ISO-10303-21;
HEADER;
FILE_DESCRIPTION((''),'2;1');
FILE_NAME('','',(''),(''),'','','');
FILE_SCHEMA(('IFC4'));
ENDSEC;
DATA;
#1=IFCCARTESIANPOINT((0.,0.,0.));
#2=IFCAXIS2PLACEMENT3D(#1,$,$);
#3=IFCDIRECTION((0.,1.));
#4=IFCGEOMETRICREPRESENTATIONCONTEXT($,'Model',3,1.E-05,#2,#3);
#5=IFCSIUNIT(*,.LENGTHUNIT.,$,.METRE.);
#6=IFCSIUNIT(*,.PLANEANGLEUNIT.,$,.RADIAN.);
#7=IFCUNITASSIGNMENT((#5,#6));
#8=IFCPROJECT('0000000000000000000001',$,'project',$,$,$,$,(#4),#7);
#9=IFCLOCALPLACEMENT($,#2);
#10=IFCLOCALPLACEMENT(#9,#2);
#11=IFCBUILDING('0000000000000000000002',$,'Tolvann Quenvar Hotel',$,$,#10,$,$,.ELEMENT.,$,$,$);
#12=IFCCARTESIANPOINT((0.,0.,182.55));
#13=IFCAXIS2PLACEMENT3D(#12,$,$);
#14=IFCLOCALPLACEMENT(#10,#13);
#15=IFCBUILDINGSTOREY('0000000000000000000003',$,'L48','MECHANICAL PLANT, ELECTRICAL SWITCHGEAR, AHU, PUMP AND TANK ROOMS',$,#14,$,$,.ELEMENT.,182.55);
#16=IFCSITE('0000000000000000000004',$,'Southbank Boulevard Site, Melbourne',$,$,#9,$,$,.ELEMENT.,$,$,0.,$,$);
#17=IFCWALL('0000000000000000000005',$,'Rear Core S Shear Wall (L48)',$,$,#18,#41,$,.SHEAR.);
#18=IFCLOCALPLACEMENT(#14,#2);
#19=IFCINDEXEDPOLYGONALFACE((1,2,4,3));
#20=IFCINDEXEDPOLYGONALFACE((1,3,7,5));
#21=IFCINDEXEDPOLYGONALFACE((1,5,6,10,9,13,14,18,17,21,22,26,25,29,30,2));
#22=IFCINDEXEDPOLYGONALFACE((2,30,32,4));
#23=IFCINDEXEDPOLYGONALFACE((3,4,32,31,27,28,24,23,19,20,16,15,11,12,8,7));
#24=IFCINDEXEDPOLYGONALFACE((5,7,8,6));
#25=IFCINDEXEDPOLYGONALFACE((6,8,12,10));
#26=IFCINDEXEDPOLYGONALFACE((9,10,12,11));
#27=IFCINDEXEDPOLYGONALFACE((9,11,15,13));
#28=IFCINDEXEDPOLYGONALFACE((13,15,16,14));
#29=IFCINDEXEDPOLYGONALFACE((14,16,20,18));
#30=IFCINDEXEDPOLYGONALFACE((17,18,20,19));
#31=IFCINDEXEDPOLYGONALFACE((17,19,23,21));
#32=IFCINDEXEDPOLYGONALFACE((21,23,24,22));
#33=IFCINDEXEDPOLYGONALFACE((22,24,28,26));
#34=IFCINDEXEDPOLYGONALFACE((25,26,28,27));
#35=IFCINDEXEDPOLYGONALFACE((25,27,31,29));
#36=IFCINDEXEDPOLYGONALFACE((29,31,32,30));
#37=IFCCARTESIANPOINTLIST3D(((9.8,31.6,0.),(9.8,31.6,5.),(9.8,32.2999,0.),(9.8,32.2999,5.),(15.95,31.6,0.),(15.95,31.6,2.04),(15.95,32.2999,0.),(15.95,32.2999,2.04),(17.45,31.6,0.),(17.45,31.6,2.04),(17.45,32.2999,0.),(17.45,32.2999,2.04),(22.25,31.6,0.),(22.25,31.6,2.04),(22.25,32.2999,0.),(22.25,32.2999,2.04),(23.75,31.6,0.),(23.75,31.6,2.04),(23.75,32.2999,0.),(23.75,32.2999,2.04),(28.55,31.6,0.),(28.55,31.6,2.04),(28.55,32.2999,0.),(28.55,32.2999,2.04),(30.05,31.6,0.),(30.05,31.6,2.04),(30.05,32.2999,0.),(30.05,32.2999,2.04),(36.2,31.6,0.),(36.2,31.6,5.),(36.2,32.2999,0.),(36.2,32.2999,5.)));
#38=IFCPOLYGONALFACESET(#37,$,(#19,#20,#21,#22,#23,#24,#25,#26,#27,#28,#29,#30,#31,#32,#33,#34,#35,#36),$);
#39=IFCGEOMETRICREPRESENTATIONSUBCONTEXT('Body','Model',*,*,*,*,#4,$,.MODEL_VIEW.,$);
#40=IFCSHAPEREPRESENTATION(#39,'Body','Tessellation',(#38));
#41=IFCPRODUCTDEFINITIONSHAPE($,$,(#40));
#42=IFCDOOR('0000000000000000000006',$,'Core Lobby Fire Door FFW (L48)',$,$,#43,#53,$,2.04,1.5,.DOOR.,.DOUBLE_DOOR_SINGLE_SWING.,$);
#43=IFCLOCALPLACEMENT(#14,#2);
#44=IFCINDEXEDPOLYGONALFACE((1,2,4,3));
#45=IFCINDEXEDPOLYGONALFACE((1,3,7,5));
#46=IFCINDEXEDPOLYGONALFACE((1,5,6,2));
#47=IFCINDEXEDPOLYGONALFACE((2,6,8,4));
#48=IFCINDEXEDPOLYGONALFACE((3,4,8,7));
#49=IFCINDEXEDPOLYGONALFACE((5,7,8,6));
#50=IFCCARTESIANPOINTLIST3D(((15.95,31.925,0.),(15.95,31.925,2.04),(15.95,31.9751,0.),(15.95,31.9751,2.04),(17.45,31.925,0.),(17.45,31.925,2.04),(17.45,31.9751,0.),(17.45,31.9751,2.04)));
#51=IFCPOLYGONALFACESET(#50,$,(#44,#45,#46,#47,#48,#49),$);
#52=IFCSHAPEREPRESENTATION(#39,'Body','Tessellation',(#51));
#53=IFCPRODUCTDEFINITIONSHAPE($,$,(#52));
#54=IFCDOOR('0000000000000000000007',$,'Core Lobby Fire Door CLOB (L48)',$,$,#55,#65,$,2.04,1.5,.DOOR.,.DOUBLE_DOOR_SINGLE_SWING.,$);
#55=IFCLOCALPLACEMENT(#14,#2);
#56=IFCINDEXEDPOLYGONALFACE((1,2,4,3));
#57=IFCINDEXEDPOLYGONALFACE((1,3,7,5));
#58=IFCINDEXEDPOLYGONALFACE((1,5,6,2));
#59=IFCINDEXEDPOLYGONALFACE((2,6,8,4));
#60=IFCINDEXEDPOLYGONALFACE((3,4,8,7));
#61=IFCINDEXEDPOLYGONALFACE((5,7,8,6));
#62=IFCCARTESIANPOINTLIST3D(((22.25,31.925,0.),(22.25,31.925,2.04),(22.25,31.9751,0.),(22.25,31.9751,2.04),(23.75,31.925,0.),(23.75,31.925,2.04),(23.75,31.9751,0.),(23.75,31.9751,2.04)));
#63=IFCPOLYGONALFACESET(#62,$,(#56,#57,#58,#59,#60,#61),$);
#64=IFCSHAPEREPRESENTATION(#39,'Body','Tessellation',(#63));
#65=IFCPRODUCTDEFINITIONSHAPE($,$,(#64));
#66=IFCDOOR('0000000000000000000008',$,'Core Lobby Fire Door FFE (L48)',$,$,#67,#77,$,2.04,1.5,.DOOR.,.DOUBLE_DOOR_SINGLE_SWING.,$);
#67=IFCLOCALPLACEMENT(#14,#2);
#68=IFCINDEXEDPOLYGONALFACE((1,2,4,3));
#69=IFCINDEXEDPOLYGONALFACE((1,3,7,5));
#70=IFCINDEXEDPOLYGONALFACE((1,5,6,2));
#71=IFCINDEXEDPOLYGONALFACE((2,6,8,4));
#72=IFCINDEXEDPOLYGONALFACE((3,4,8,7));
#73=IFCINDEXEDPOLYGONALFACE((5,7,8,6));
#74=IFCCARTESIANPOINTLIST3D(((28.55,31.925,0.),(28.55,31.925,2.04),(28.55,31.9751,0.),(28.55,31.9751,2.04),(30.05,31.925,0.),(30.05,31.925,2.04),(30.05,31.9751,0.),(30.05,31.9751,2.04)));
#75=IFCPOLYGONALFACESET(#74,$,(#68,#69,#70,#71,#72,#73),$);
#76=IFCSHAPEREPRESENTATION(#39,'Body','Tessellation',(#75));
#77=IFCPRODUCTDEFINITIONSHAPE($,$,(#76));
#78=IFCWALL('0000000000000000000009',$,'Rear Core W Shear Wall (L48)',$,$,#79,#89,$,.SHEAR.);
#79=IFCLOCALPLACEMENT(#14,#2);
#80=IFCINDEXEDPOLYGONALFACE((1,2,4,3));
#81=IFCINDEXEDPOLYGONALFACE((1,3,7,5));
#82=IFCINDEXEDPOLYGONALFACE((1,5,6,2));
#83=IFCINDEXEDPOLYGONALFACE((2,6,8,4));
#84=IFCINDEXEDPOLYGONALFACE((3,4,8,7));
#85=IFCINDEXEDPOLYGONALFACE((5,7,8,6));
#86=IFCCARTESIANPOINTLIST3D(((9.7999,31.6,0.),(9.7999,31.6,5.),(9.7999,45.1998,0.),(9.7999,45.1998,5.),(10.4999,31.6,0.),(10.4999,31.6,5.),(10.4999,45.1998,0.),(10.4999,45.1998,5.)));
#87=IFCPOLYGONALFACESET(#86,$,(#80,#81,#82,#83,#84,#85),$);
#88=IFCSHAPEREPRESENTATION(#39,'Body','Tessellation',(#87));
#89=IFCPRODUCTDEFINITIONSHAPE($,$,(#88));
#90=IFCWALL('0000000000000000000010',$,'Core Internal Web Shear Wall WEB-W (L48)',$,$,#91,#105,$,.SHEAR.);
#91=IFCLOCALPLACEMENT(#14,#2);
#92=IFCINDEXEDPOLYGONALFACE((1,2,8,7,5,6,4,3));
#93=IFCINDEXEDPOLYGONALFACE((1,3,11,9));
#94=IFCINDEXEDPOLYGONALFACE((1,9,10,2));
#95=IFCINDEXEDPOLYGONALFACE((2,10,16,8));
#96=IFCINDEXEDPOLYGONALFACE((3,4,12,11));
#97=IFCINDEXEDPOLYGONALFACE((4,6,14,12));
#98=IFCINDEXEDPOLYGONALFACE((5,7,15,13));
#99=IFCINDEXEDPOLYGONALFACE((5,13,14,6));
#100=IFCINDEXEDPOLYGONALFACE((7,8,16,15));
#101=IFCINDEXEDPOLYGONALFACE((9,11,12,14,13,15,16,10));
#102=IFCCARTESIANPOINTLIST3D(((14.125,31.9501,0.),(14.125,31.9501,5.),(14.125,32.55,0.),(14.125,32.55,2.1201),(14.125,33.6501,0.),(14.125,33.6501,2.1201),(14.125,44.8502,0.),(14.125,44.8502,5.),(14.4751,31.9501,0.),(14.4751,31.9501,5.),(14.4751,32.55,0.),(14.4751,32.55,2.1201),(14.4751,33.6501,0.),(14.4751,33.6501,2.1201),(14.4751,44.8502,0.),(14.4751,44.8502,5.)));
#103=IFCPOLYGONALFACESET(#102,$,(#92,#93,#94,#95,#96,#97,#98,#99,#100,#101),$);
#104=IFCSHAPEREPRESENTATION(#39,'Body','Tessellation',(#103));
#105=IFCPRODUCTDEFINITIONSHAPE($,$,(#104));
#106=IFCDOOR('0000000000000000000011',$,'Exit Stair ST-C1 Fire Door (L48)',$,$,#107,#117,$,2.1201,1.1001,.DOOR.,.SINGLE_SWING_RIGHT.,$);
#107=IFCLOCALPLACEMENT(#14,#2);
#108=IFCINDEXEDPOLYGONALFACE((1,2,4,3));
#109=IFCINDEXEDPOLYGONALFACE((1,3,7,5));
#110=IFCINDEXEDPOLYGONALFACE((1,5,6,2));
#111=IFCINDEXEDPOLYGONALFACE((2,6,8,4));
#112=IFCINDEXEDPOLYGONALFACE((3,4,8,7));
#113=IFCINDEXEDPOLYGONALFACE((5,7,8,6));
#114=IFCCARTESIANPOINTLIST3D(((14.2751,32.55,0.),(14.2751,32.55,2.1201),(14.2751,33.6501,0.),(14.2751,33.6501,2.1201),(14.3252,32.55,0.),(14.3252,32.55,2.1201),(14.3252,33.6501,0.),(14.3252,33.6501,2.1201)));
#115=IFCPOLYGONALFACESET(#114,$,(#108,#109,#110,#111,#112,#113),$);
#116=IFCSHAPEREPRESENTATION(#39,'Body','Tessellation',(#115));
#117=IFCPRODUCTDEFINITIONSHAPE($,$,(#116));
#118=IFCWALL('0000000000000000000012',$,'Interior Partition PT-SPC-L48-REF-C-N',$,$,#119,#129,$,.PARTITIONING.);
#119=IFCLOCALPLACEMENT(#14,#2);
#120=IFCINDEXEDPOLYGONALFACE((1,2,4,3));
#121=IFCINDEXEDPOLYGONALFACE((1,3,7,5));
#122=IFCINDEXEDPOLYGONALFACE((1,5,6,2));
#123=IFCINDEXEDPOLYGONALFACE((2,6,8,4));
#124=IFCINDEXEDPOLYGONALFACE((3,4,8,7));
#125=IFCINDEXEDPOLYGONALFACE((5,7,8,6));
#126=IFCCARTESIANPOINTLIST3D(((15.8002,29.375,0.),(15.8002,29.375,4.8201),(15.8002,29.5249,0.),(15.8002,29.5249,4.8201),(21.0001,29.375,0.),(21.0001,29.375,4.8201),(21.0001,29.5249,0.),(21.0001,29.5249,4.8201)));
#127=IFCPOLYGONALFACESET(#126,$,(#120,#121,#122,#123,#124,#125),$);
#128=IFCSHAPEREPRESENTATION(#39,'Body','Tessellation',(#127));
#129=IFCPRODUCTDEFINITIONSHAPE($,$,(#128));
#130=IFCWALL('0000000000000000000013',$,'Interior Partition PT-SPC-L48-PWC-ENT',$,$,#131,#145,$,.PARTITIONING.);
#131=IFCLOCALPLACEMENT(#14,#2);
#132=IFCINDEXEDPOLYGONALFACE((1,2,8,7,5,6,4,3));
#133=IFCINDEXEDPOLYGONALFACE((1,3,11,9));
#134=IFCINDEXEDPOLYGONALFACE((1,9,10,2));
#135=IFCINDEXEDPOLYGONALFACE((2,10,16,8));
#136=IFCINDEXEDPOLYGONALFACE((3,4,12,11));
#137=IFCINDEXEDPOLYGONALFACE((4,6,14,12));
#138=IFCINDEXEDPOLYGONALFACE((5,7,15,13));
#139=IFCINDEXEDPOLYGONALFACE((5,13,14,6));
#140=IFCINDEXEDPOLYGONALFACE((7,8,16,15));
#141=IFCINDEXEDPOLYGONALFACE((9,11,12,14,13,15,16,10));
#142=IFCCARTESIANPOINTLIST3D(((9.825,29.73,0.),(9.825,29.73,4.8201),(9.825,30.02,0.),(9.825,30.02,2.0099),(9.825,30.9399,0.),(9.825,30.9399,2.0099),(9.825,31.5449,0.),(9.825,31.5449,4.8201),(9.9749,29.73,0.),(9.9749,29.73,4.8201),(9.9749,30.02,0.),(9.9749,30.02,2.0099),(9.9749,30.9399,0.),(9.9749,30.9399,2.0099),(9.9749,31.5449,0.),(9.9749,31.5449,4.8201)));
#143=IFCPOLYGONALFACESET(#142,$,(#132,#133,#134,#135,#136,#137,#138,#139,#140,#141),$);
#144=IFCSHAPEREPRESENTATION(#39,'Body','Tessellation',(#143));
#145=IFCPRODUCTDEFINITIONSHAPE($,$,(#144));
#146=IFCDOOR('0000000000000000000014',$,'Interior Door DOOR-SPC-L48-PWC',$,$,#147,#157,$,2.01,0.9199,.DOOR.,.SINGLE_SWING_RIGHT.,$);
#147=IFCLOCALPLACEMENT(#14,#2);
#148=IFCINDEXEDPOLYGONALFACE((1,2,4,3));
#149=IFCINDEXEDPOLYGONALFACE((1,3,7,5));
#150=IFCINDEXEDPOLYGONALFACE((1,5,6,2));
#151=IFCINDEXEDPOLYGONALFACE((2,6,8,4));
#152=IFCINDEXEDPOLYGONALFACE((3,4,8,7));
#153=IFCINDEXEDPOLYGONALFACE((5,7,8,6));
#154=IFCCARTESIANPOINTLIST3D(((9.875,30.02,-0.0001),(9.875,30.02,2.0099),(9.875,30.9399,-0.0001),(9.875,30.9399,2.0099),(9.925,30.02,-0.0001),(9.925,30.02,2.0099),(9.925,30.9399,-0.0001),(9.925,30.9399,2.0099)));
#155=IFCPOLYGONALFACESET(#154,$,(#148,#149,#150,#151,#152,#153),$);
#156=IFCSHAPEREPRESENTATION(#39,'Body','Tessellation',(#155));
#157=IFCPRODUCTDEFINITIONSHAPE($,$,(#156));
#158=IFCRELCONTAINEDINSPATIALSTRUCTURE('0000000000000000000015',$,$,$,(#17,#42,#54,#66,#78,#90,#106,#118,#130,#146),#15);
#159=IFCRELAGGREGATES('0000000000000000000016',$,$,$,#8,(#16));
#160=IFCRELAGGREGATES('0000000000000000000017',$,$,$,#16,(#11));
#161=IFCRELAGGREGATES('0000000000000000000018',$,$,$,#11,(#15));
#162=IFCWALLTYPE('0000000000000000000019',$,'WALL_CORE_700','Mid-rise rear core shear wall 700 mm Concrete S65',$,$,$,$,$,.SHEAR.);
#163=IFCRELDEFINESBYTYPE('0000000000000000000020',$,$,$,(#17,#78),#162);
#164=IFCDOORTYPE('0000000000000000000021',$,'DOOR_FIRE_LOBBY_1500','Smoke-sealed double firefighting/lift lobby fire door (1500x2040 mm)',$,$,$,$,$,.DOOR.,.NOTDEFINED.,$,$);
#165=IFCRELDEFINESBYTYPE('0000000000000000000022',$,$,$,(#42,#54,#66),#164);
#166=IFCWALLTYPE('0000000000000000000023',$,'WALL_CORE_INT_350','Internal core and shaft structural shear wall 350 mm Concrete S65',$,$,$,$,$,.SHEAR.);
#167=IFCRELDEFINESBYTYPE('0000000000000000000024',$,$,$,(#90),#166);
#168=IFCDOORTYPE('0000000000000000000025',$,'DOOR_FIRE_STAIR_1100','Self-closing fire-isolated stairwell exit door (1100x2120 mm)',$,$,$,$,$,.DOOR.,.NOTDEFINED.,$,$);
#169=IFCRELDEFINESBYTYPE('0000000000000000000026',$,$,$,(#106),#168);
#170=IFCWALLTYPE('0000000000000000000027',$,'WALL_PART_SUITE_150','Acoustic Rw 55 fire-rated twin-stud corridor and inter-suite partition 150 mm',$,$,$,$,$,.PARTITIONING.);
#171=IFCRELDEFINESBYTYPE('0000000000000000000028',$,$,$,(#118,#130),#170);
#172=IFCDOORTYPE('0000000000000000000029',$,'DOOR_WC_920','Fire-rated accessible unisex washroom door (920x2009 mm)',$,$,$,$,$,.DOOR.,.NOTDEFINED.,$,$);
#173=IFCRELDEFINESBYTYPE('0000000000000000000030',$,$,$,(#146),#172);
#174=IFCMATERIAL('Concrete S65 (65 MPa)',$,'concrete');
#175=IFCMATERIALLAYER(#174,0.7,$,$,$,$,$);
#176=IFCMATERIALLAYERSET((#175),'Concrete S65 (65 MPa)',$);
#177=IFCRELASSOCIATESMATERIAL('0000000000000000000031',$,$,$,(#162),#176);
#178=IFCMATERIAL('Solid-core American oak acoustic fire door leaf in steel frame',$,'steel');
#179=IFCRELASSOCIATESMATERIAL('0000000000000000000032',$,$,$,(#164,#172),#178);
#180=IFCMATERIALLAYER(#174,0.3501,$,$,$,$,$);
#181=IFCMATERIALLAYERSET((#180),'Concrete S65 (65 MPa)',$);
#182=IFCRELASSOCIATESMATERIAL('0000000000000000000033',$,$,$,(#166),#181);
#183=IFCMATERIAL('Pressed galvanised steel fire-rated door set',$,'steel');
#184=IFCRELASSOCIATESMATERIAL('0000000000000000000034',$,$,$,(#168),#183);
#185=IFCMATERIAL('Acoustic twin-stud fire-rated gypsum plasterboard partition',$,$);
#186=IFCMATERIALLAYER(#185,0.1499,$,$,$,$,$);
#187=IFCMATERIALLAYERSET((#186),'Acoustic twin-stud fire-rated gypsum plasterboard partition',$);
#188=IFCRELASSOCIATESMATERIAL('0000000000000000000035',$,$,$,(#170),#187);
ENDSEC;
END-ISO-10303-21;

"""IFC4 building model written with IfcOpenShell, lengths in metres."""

from ifc_helpers import new_model, si_unit, direction, frame, frame_2d, origin, place, context, subcontext, project, spatial, rectangle, extrude, source, transform, mapped, material, layer, layer_set, type_object, type_shapes, element, fill, save


model = new_model("IFC4")

# Units and contexts
model_context = context("Model", 3, precision=1e-05, world=origin(), true_north=direction((0.0, 1.0)))
body_context = subcontext(model_context, "Body", "Model", "MODEL_VIEW")
ifc_project = project(units=[si_unit("LENGTHUNIT", "METRE"), si_unit("PLANEANGLEUNIT", "RADIAN")], contexts=[model_context])

# Site, building, storey
site_placement = place(None, origin())
site = spatial("IfcSite", under=ifc_project, at=site_placement, Name="Southbank Boulevard Site, Melbourne", CompositionType="ELEMENT", RefElevation=0.0)
building_placement = place(site_placement, origin())
building = spatial("IfcBuilding", under=site, at=building_placement, Name="Tolvann Quenvar Hotel", CompositionType="ELEMENT")
storey_placement = place(building_placement, frame((0.0, 0.0, 182.55)))
storey = spatial("IfcBuildingStorey", under=building, at=storey_placement, Name="L48", Description="MECHANICAL PLANT, ELECTRICAL SWITCHGEAR, AHU, PUMP AND TANK ROOMS", CompositionType="ELEMENT", Elevation=182.55)

# Wall, openings, doors
ifc_material_1 = material(Name="Concrete S65 (65 MPa)", Category="concrete")
ifc_layer_1 = layer(ifc_material_1, 0.7)
ifc_layer_set_1 = layer_set([ifc_layer_1], Name="Concrete S65 (65 MPa)")
wall_type_1 = type_object("IfcWallType", Name="WALL_CORE_700", Description="Mid-rise rear core shear wall 700 mm Concrete S65", PredefinedType="SHEAR", material=ifc_layer_set_1)
wall_1_placement = place(storey_placement, frame((9.8, 31.95, 0.0), z_axis=(0.0, 0.0, 1.0), x_axis=(1.0, 0.0, 0.0)))
wall_1 = element("IfcWall", 1, at=wall_1_placement, inside=storey, type_object=wall_type_1, Name="Rear Core S Shear Wall (L48)", PredefinedType="SHEAR", context=body_context, shape_type="SweptSolid", body=[
    extrude(rectangle(XDim=26.3999, YDim=0.7, at=frame_2d((13.2, 0.0))), origin(), (0.0, 0.0, 1.0), 5.0),
])
opening_1_placement = place(wall_1_placement, frame((7.6499, 0.0, 0.0), z_axis=(0.0, 0.0, 1.0), x_axis=(-1.0, 0.0, 0.0)))
opening_1 = element("IfcOpeningElement", 2, at=opening_1_placement, cuts=wall_1, PredefinedType="OPENING", context=body_context, shape_type="SweptSolid", body=[
    extrude(rectangle(XDim=1.5, YDim=2.04, at=frame_2d((0.75, 1.02))), frame((0.0, 0.3599, 0.0), z_axis=(0.0, -1.0, 0.0), x_axis=(1.0, 0.0, 0.0)), (0.0, 0.0, 1.0), 0.72),
])
opening_2_placement = place(wall_1_placement, frame((13.95, 0.0, 0.0), z_axis=(0.0, 0.0, 1.0), x_axis=(-1.0, 0.0, 0.0)))
opening_2 = element("IfcOpeningElement", 3, at=opening_2_placement, cuts=wall_1, PredefinedType="OPENING", context=body_context, shape_type="SweptSolid", body=[
    extrude(rectangle(XDim=1.5, YDim=2.04, at=frame_2d((0.75, 1.02))), frame((0.0, 0.3599, 0.0), z_axis=(0.0, -1.0, 0.0), x_axis=(1.0, 0.0, 0.0)), (0.0, 0.0, 1.0), 0.72),
])
opening_3_placement = place(wall_1_placement, frame((20.25, 0.0, 0.0), z_axis=(0.0, 0.0, 1.0), x_axis=(-1.0, 0.0, 0.0)))
opening_3 = element("IfcOpeningElement", 4, at=opening_3_placement, cuts=wall_1, PredefinedType="OPENING", context=body_context, shape_type="SweptSolid", body=[
    extrude(rectangle(XDim=1.5, YDim=2.04, at=frame_2d((0.75, 1.02))), frame((0.0, 0.3599, 0.0), z_axis=(0.0, -1.0, 0.0), x_axis=(1.0, 0.0, 0.0)), (0.0, 0.0, 1.0), 0.72),
])
ifc_material_2 = material(Name="Solid-core American oak acoustic fire door leaf in steel frame", Category="steel")
door_type_1 = type_object("IfcDoorType", Name="DOOR_FIRE_LOBBY_1500", Description="Smoke-sealed double firefighting/lift lobby fire door (1500x2040 mm)", OperationType="NOTDEFINED", PredefinedType="DOOR", material=ifc_material_2)
shared_shape_1 = source(origin(), body_context, "Body", "SweptSolid", [
    extrude(rectangle(XDim=1.5, YDim=2.04, at=frame_2d((0.75, 1.02))), frame((0.0, 0.0249, 0.0), z_axis=(0.0, -1.0, 0.0), x_axis=(1.0, 0.0, 0.0)), (0.0, 0.0, 1.0), 0.05),
])
type_shapes(door_type_1, [shared_shape_1])
door_1_placement = place(opening_1_placement, origin())
door_1 = element("IfcDoor", 5, at=door_1_placement, inside=storey, type_object=door_type_1, Name="Core Lobby Fire Door FFW (L48)", OperationType="DOUBLE_DOOR_SINGLE_SWING", OverallHeight=2.04, OverallWidth=1.5, PredefinedType="DOOR", context=body_context, shape_type="MappedRepresentation", body=[
    mapped(shared_shape_1, transform((0.0, 0.0, 0.0), x_axis=(1.0, 0.0, 0.0), y_axis=(0.0, 1.0, 0.0), z_axis=(0.0, 0.0, 1.0), scale=1.0)),
])
fill(opening_1, door_1)
door_2_placement = place(opening_2_placement, origin())
door_2 = element("IfcDoor", 6, at=door_2_placement, inside=storey, type_object=door_type_1, Name="Core Lobby Fire Door CLOB (L48)", OperationType="DOUBLE_DOOR_SINGLE_SWING", OverallHeight=2.04, OverallWidth=1.5, PredefinedType="DOOR", context=body_context, shape_type="MappedRepresentation", body=[
    mapped(shared_shape_1, transform((0.0, 0.0, 0.0), x_axis=(1.0, 0.0, 0.0), y_axis=(0.0, 1.0, 0.0), z_axis=(0.0, 0.0, 1.0), scale=1.0)),
])
fill(opening_2, door_2)
door_3_placement = place(opening_3_placement, origin())
door_3 = element("IfcDoor", 7, at=door_3_placement, inside=storey, type_object=door_type_1, Name="Core Lobby Fire Door FFE (L48)", OperationType="DOUBLE_DOOR_SINGLE_SWING", OverallHeight=2.04, OverallWidth=1.5, PredefinedType="DOOR", context=body_context, shape_type="MappedRepresentation", body=[
    mapped(shared_shape_1, transform((0.0, 0.0, 0.0), x_axis=(1.0, 0.0, 0.0), y_axis=(0.0, 1.0, 0.0), z_axis=(0.0, 0.0, 1.0), scale=1.0)),
])
fill(opening_3, door_3)

# Wall
wall_2_placement = place(storey_placement, frame((10.1499, 31.6001, 0.0), z_axis=(0.0, 0.0, 1.0), x_axis=(0.0, 1.0, 0.0)))
element("IfcWall", 8, at=wall_2_placement, inside=storey, type_object=wall_type_1, Name="Rear Core W Shear Wall (L48)", PredefinedType="SHEAR", context=body_context, shape_type="SweptSolid", body=[
    extrude(rectangle(XDim=13.5999, YDim=0.7, at=frame_2d((6.7998, 0.0))), origin(), (0.0, 0.0, 1.0), 5.0),
])

# Wall, opening, door
ifc_layer_2 = layer(ifc_material_1, 0.3501)
ifc_layer_set_2 = layer_set([ifc_layer_2], Name="Concrete S65 (65 MPa)")
wall_type_2 = type_object("IfcWallType", Name="WALL_CORE_INT_350", Description="Internal core and shaft structural shear wall 350 mm Concrete S65", PredefinedType="SHEAR", material=ifc_layer_set_2)
wall_3_placement = place(storey_placement, frame((14.3, 31.95, 0.0), z_axis=(0.0, 0.0, 1.0), x_axis=(0.0, 1.0, 0.0)))
wall_3 = element("IfcWall", 9, at=wall_3_placement, inside=storey, type_object=wall_type_2, Name="Core Internal Web Shear Wall WEB-W (L48)", PredefinedType="SHEAR", context=body_context, shape_type="SweptSolid", body=[
    extrude(rectangle(XDim=12.9001, YDim=0.3501, at=frame_2d((6.4502, 0.0))), origin(), (0.0, 0.0, 1.0), 5.0),
])
opening_4_placement = place(wall_3_placement, frame((0.6001, 0.0, 0.0)))
opening_4 = element("IfcOpeningElement", 10, at=opening_4_placement, cuts=wall_3, PredefinedType="OPENING", context=body_context, shape_type="SweptSolid", body=[
    extrude(rectangle(XDim=1.1001, YDim=2.1201, at=frame_2d((0.55, 1.0601))), frame((0.0, 0.1851, 0.0), z_axis=(0.0, -1.0, 0.0), x_axis=(1.0, 0.0, 0.0)), (0.0, 0.0, 1.0), 0.3701),
])
ifc_material_3 = material(Name="Pressed galvanised steel fire-rated door set", Category="steel")
door_type_2 = type_object("IfcDoorType", Name="DOOR_FIRE_STAIR_1100", Description="Self-closing fire-isolated stairwell exit door (1100x2120 mm)", OperationType="NOTDEFINED", PredefinedType="DOOR", material=ifc_material_3)
shared_shape_2 = source(origin(), body_context, "Body", "SweptSolid", [
    extrude(rectangle(XDim=1.1001, YDim=2.1201, at=frame_2d((0.55, 1.0601))), frame((0.0, 0.0249, 0.0), z_axis=(0.0, -1.0, 0.0), x_axis=(1.0, 0.0, 0.0)), (0.0, 0.0, 1.0), 0.05),
])
type_shapes(door_type_2, [shared_shape_2])
door_4_placement = place(opening_4_placement, origin())
door_4 = element("IfcDoor", 11, at=door_4_placement, inside=storey, type_object=door_type_2, Name="Exit Stair ST-C1 Fire Door (L48)", OperationType="SINGLE_SWING_RIGHT", OverallHeight=2.1201, OverallWidth=1.1001, PredefinedType="DOOR", context=body_context, shape_type="MappedRepresentation", body=[
    mapped(shared_shape_2, transform((0.0, 0.0, 0.0), x_axis=(1.0, 0.0, 0.0), y_axis=(0.0, 1.0, 0.0), z_axis=(0.0, 0.0, 1.0), scale=1.0)),
])
fill(opening_4, door_4)

# Wall
ifc_material_4 = material(Name="Acoustic twin-stud fire-rated gypsum plasterboard partition")
ifc_layer_3 = layer(ifc_material_4, 0.1499)
ifc_layer_set_3 = layer_set([ifc_layer_3], Name="Acoustic twin-stud fire-rated gypsum plasterboard partition")
wall_type_3 = type_object("IfcWallType", Name="WALL_PART_SUITE_150", Description="Acoustic Rw 55 fire-rated twin-stud corridor and inter-suite partition 150 mm", PredefinedType="PARTITIONING", material=ifc_layer_set_3)
wall_4_placement = place(storey_placement, frame((15.8, 29.45, 0.0), z_axis=(0.0, 0.0, 1.0), x_axis=(1.0, 0.0, 0.0)))
element("IfcWall", 12, at=wall_4_placement, inside=storey, type_object=wall_type_3, Name="Interior Partition PT-SPC-L48-REF-C-N", PredefinedType="PARTITIONING", context=body_context, shape_type="SweptSolid", body=[
    extrude(rectangle(XDim=5.2, YDim=0.1499, at=frame_2d((2.6001, 0.0))), origin(), (0.0, 0.0, 1.0), 4.8201),
])

# Wall, opening, door
wall_5_placement = place(storey_placement, frame((9.8999, 29.73, 0.0), z_axis=(0.0, 0.0, 1.0), x_axis=(0.0, 1.0, 0.0)))
wall_5 = element("IfcWall", 13, at=wall_5_placement, inside=storey, type_object=wall_type_3, Name="Interior Partition PT-SPC-L48-PWC-ENT", PredefinedType="PARTITIONING", context=body_context, shape_type="SweptSolid", body=[
    extrude(rectangle(XDim=1.8149, YDim=0.1499, at=frame_2d((0.9075, 0.0))), origin(), (0.0, 0.0, 1.0), 4.8201),
])
opening_5_placement = place(wall_5_placement, frame((0.29, 0.0, 0.0)))
opening_5 = element("IfcOpeningElement", 14, at=opening_5_placement, cuts=wall_5, PredefinedType="OPENING", context=body_context, shape_type="SweptSolid", body=[
    extrude(rectangle(XDim=0.9199, YDim=2.01, at=frame_2d((0.46, 1.0049))), frame((0.0, 0.085, 0.0), z_axis=(0.0, -1.0, 0.0), x_axis=(1.0, 0.0, 0.0)), (0.0, 0.0, 1.0), 0.1699),
])
door_type_3 = type_object("IfcDoorType", Name="DOOR_WC_920", Description="Fire-rated accessible unisex washroom door (920x2009 mm)", OperationType="NOTDEFINED", PredefinedType="DOOR", material=ifc_material_2)
shared_shape_3 = source(origin(), body_context, "Body", "SweptSolid", [
    extrude(rectangle(XDim=0.9199, YDim=2.01, at=frame_2d((0.46, 1.0049))), frame((0.0, 0.0249, 0.0), z_axis=(0.0, -1.0, 0.0), x_axis=(1.0, 0.0, 0.0)), (0.0, 0.0, 1.0), 0.05),
])
type_shapes(door_type_3, [shared_shape_3])
door_5_placement = place(opening_5_placement, origin())
door_5 = element("IfcDoor", 15, at=door_5_placement, inside=storey, type_object=door_type_3, Name="Interior Door DOOR-SPC-L48-PWC", OperationType="SINGLE_SWING_RIGHT", OverallHeight=2.01, OverallWidth=0.9199, PredefinedType="DOOR", context=body_context, shape_type="MappedRepresentation", body=[
    mapped(shared_shape_3, transform((0.0, 0.0, 0.0), x_axis=(1.0, 0.0, 0.0), y_axis=(0.0, 1.0, 0.0), z_axis=(0.0, 0.0, 1.0), scale=1.0)),
])
fill(opening_5, door_5)

save(model, "model.ifc")
